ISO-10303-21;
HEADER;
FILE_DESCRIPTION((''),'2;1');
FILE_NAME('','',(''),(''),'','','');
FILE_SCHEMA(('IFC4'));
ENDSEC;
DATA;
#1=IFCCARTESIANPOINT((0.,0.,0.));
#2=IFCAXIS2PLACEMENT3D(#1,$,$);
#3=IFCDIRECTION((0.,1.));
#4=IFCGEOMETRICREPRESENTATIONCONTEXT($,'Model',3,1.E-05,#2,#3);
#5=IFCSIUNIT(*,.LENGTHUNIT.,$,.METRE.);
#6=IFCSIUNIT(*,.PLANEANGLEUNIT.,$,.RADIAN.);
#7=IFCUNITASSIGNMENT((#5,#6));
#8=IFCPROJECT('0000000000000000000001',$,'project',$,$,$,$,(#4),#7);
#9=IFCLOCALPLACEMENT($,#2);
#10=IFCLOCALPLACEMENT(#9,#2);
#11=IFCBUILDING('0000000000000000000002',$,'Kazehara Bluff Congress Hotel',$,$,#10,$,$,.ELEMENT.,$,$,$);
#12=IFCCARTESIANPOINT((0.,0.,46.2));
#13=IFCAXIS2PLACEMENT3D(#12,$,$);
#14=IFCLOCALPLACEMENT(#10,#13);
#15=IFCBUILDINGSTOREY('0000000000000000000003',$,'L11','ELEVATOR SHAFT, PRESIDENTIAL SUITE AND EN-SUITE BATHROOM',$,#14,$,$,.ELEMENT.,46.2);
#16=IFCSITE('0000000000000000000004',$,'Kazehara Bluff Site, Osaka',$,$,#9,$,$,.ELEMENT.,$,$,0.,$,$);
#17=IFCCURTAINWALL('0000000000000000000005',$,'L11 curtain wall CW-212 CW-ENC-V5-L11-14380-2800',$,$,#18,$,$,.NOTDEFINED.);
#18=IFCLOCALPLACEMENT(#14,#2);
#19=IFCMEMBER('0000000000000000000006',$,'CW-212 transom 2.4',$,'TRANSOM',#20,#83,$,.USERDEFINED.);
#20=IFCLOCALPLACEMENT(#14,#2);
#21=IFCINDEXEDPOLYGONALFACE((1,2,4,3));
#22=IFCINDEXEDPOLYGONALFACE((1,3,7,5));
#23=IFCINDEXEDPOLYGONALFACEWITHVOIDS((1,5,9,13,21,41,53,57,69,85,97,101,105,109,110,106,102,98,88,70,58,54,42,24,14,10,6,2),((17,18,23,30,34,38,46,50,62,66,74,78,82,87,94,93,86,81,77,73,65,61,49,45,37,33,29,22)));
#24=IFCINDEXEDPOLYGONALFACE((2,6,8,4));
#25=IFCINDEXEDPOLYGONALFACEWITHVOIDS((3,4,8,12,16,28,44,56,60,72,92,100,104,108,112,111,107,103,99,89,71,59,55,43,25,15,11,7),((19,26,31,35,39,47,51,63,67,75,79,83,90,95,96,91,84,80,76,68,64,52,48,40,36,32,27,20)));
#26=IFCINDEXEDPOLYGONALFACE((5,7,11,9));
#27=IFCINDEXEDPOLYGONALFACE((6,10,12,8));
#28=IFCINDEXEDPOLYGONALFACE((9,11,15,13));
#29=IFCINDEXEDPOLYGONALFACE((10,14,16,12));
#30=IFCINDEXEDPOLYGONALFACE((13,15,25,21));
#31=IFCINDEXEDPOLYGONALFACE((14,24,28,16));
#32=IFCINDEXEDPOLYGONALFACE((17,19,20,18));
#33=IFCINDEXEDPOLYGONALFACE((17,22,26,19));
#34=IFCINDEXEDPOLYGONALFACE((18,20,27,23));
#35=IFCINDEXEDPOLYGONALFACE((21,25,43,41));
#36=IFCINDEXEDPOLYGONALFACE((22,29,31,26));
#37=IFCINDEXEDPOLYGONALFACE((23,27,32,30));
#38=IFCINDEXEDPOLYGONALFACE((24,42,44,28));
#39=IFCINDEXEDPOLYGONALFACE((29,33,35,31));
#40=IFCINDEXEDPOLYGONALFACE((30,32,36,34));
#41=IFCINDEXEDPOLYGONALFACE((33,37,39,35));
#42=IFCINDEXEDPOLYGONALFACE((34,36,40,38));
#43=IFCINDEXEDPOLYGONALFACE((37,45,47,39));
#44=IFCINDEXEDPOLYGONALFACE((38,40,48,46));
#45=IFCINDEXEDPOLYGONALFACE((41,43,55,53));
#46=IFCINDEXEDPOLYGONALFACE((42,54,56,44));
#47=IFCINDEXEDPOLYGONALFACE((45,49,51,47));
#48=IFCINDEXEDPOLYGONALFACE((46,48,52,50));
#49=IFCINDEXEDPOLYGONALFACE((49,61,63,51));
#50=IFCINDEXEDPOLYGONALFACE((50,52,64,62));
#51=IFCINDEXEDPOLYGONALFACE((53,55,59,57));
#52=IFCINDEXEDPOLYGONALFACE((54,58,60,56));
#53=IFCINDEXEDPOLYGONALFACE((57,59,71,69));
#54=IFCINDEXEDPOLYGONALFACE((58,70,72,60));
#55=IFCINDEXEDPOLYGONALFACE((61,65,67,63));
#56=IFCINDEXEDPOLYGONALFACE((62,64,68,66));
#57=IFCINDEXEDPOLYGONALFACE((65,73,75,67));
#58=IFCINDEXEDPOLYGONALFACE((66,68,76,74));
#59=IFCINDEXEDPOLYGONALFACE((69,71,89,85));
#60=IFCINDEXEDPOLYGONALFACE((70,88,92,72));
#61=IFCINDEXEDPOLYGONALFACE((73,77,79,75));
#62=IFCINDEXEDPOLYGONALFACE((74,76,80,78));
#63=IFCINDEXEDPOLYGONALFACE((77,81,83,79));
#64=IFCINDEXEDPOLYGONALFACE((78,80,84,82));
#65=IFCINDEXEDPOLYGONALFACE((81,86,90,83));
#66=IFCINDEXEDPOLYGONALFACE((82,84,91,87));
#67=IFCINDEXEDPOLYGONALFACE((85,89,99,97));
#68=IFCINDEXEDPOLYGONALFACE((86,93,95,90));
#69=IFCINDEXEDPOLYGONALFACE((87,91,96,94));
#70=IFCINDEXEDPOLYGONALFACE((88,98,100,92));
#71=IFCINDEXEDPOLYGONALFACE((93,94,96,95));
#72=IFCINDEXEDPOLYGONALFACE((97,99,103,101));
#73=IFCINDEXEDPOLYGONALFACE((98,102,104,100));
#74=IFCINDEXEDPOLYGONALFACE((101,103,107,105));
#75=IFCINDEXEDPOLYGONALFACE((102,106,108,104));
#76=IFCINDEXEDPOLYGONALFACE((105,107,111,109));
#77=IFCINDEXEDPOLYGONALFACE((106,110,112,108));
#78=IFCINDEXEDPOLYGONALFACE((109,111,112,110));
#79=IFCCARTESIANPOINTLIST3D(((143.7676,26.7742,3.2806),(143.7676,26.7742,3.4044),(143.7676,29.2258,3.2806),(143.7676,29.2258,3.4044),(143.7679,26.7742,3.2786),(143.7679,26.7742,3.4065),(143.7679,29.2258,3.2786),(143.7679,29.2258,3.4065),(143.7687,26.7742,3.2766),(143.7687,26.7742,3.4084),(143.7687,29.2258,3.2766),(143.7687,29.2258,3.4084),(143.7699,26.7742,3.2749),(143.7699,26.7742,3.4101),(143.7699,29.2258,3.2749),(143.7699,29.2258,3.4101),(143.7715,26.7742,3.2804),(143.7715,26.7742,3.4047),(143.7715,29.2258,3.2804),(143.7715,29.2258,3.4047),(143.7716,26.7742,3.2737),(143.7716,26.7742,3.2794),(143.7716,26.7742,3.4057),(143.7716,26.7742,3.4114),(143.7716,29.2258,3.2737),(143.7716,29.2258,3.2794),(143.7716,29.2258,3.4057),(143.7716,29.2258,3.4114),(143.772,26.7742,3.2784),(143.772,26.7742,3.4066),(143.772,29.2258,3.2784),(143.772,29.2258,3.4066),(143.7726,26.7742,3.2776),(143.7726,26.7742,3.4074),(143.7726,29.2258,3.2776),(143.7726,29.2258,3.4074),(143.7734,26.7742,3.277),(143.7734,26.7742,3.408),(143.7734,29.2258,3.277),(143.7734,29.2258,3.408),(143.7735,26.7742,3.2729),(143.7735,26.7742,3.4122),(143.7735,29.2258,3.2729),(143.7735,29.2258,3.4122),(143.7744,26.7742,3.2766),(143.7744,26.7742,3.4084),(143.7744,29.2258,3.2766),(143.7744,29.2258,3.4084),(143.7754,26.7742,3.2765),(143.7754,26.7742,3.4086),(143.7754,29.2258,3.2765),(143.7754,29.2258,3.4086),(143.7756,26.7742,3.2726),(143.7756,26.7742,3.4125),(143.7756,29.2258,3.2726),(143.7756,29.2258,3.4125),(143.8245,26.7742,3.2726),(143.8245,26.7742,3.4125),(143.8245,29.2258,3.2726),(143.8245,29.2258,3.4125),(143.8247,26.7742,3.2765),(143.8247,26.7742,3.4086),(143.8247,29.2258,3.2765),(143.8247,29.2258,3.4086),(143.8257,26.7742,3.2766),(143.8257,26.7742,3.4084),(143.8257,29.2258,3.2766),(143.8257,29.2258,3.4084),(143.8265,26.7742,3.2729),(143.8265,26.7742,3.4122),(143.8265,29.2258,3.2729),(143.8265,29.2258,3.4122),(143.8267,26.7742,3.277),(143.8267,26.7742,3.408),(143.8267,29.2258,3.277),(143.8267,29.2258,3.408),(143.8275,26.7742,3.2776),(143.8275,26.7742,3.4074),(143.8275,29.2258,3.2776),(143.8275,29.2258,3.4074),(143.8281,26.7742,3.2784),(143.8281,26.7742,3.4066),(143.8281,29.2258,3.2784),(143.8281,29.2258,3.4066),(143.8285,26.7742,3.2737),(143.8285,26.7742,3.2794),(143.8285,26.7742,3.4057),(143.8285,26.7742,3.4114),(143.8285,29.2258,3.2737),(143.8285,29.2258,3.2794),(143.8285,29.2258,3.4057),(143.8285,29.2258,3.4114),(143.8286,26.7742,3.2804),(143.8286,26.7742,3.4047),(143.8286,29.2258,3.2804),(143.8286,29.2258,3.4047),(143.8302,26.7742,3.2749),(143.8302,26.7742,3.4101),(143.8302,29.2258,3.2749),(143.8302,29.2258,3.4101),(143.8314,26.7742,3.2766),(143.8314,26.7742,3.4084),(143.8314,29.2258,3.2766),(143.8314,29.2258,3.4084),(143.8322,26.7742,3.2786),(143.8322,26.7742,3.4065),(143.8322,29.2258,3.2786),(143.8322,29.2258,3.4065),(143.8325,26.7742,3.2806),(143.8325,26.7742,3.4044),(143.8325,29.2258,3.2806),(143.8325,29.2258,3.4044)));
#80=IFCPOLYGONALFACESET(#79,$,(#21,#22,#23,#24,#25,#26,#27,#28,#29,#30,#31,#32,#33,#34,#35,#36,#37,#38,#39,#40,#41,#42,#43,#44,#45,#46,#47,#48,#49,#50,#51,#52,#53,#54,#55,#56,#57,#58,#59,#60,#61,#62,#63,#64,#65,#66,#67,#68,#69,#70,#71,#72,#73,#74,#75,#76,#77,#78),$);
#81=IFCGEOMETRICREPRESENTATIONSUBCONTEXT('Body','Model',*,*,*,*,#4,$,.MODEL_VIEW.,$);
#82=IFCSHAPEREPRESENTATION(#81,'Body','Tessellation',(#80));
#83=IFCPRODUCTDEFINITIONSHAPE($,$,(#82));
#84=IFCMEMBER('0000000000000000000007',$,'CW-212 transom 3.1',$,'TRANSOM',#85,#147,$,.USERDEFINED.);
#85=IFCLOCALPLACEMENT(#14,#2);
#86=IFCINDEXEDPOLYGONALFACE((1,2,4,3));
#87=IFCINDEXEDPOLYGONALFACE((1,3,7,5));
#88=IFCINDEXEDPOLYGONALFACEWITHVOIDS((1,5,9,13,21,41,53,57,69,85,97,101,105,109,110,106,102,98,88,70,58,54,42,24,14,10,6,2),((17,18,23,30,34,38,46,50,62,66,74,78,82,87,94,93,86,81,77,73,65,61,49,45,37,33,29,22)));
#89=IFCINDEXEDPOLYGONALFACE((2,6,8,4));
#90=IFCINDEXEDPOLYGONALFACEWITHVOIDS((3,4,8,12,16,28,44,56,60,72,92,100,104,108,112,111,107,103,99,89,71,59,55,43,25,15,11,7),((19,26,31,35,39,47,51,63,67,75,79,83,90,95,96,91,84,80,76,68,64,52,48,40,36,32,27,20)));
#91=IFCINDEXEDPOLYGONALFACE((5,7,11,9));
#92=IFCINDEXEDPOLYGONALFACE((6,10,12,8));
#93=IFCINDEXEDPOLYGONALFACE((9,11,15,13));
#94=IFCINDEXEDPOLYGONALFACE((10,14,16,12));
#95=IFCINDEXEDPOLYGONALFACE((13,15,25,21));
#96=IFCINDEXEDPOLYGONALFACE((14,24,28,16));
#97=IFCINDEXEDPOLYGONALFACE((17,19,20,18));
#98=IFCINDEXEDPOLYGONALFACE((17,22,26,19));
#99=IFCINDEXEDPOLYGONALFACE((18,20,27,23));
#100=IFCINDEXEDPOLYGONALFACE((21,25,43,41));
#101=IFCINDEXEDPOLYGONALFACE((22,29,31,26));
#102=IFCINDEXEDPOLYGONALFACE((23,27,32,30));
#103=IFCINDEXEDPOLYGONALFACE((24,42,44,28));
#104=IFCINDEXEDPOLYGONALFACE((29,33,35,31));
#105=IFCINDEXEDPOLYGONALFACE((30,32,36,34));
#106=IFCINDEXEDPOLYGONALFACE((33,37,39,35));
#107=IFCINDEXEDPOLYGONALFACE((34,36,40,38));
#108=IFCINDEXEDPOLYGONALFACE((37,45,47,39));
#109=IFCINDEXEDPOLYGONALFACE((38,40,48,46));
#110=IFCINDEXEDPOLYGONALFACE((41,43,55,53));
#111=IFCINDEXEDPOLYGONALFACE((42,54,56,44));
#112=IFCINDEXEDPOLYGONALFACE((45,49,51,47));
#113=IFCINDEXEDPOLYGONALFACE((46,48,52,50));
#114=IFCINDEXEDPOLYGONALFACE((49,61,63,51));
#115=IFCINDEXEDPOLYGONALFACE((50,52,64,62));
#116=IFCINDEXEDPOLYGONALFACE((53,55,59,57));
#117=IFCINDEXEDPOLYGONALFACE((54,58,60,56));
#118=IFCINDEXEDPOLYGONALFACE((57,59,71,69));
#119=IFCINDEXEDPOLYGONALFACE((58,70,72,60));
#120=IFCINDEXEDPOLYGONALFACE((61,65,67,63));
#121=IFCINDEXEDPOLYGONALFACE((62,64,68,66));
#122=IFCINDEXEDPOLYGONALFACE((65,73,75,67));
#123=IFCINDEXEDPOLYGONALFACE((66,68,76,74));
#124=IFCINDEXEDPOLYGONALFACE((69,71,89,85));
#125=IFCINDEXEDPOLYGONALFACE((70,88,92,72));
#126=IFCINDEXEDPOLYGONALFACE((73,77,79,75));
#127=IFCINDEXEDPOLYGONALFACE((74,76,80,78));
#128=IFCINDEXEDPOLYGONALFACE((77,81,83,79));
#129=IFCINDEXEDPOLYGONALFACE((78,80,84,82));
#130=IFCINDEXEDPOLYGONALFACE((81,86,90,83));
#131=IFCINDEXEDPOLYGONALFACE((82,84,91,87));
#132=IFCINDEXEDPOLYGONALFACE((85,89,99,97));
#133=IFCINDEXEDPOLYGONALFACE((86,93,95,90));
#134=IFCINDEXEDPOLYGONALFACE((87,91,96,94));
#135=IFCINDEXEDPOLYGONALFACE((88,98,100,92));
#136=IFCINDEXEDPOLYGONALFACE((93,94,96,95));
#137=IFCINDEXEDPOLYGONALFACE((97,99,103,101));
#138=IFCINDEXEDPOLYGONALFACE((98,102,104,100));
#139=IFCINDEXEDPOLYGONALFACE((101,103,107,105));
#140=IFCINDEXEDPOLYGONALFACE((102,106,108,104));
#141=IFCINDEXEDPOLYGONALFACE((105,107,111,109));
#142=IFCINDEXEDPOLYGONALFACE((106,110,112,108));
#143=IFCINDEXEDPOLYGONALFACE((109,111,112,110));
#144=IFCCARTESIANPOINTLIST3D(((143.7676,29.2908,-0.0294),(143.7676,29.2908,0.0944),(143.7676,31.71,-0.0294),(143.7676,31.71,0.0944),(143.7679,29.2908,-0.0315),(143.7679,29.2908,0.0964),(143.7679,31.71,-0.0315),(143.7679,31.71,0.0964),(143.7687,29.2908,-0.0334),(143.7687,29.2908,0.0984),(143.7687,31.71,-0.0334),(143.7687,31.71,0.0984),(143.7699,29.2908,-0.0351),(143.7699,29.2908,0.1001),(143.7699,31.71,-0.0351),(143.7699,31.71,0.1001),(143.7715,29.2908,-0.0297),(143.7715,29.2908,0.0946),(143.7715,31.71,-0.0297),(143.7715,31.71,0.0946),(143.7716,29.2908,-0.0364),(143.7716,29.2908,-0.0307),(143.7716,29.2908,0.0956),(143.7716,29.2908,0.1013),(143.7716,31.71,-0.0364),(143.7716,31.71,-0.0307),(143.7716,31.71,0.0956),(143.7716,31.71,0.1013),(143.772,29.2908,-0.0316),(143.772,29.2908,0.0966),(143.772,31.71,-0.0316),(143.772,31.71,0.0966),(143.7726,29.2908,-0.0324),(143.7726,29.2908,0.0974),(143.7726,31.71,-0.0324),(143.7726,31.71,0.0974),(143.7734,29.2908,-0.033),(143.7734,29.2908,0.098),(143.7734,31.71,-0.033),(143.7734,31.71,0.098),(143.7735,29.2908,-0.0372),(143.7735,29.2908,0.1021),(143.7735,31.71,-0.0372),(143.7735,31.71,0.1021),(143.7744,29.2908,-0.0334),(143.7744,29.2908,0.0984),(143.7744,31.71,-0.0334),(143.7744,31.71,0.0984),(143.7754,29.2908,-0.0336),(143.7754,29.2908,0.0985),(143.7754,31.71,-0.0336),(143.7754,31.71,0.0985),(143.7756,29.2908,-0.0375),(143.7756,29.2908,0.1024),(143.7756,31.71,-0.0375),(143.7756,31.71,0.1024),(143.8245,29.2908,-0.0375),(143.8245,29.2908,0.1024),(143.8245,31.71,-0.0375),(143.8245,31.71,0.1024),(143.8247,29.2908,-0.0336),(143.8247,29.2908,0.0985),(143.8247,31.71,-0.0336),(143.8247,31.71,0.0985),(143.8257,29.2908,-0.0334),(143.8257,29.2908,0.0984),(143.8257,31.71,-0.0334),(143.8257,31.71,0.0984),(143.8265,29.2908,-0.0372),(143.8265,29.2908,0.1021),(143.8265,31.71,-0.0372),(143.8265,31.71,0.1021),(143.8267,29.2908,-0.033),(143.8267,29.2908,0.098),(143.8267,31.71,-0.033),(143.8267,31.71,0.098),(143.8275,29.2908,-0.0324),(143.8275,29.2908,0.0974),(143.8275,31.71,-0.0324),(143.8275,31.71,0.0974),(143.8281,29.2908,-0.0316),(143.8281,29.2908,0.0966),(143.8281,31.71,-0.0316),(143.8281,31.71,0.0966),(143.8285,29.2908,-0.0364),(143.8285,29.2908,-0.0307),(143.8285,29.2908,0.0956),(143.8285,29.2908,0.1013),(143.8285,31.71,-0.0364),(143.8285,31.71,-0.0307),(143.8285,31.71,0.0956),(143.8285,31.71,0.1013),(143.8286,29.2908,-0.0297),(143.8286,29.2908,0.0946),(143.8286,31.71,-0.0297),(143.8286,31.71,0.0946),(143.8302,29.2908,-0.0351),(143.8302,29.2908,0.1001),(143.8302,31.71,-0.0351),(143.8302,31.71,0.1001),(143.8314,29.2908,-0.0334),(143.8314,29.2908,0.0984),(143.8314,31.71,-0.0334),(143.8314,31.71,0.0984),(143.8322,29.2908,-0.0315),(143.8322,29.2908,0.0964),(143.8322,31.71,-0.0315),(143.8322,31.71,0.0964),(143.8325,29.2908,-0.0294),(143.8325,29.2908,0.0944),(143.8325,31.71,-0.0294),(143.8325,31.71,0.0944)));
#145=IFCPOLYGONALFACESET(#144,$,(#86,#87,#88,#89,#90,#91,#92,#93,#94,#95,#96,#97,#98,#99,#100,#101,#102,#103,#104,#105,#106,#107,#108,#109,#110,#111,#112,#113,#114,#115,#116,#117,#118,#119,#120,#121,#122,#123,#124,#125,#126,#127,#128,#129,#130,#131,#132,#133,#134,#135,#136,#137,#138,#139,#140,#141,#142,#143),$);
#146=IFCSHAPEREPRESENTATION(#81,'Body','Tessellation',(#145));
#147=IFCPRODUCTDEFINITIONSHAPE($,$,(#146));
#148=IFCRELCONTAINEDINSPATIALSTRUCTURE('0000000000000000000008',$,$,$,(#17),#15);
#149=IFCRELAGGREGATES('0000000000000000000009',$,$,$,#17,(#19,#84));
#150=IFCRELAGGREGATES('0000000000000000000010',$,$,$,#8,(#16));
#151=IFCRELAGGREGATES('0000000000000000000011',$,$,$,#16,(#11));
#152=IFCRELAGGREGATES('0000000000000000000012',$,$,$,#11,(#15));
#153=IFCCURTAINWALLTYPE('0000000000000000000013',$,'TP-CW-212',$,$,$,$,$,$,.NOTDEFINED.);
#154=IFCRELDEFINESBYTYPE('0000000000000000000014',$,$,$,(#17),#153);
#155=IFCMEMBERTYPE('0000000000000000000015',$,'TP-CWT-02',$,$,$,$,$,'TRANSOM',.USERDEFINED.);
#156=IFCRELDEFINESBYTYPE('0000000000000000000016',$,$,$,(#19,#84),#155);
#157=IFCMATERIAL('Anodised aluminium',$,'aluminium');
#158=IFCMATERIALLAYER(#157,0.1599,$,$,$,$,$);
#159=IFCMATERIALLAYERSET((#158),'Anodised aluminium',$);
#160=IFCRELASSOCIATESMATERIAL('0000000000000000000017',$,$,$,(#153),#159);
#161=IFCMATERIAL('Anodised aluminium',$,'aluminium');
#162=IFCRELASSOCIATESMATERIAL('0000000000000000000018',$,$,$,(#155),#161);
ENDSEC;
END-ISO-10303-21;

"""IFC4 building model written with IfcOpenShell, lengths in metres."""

from ifc_helpers import new_model, si_unit, direction, frame, origin, origin_2d, place, context, subcontext, project, spatial, hollow_rectangle, extrude, material, layer, layer_set, material_profile, profile_set, type_object, element, aggregate, save


model = new_model("IFC4")

# Units and contexts
model_context = context("Model", 3, precision=1e-05, world=origin(), true_north=direction((0.0, 1.0)))
body_context = subcontext(model_context, "Body", "Model", "MODEL_VIEW")
ifc_project = project(units=[si_unit("LENGTHUNIT", "METRE"), si_unit("PLANEANGLEUNIT", "RADIAN")], contexts=[model_context])

# Site, building, storey
site_placement = place(None, origin())
site = spatial("IfcSite", under=ifc_project, at=site_placement, Name="Kazehara Bluff Site, Osaka", CompositionType="ELEMENT", RefElevation=0.0)
building_placement = place(site_placement, origin())
building = spatial("IfcBuilding", under=site, at=building_placement, Name="Kazehara Bluff Congress Hotel", CompositionType="ELEMENT")
storey_placement = place(building_placement, frame((0.0, 0.0, 46.2)))
storey = spatial("IfcBuildingStorey", under=building, at=storey_placement, Name="L11", Description="ELEVATOR SHAFT, PRESIDENTIAL SUITE AND EN-SUITE BATHROOM", CompositionType="ELEMENT", Elevation=46.2)

# Curtain wall
ifc_material_1 = material(Name="Anodised aluminium", Category="aluminium")
ifc_layer_1 = layer(ifc_material_1, 0.1599)
ifc_layer_set_1 = layer_set([ifc_layer_1], Name="Anodised aluminium")
curtain_wall_type_1 = type_object("IfcCurtainWallType", Name="TP-CW-212", PredefinedType="NOTDEFINED", material=ifc_layer_set_1)
curtain_wall_1_placement = place(storey_placement, origin())
curtain_wall_1 = element("IfcCurtainWall", 1, at=curtain_wall_1_placement, inside=storey, type_object=curtain_wall_type_1, Name="L11 curtain wall CW-212 CW-ENC-V5-L11-14380-2800", PredefinedType="NOTDEFINED")

# Members
ifc_material_2 = material(Name="Anodised aluminium", Category="aluminium")
ifc_material_profile_1 = material_profile(ifc_material_2, hollow_rectangle(XDim=0.0649, YDim=0.1399, WallThickness=0.0039, InnerFilletRadius=0.0039, OuterFilletRadius=0.0081, at=origin_2d()))
ifc_profile_set_1 = profile_set([ifc_material_profile_1], Name="Anodised aluminium")
member_type_1 = type_object("IfcMemberType", Name="TP-CWT-02", ElementType="TRANSOM", PredefinedType="USERDEFINED", material=ifc_profile_set_1)
member_1_placement = place(storey_placement, frame((143.8, 26.7742, 3.3425), z_axis=(0.0, 1.0, 0.0), x_axis=(-1.0, 0.0, 0.0)))
member_1 = element("IfcMember", 2, at=member_1_placement, type_object=member_type_1, Name="CW-212 transom 2.4", ObjectType="TRANSOM", PredefinedType="USERDEFINED", context=body_context, shape_type="SweptSolid", body=[
    extrude(hollow_rectangle(XDim=0.0649, YDim=0.1399, WallThickness=0.0039, InnerFilletRadius=0.0039, OuterFilletRadius=0.0081, at=origin_2d()), origin(), (0.0, 0.0, 1.0), 2.4517),
])
member_2_placement = place(storey_placement, frame((143.8, 29.2908, 0.0325), z_axis=(0.0, 1.0, 0.0), x_axis=(-1.0, 0.0, 0.0)))
member_2 = element("IfcMember", 3, at=member_2_placement, type_object=member_type_1, Name="CW-212 transom 3.1", ObjectType="TRANSOM", PredefinedType="USERDEFINED", context=body_context, shape_type="SweptSolid", body=[
    extrude(hollow_rectangle(XDim=0.0649, YDim=0.1399, WallThickness=0.0039, InnerFilletRadius=0.0039, OuterFilletRadius=0.0081, at=origin_2d()), origin(), (0.0, 0.0, 1.0), 2.4192),
])

aggregate(curtain_wall_1, [member_1, member_2])

save(model, "model.ifc")
